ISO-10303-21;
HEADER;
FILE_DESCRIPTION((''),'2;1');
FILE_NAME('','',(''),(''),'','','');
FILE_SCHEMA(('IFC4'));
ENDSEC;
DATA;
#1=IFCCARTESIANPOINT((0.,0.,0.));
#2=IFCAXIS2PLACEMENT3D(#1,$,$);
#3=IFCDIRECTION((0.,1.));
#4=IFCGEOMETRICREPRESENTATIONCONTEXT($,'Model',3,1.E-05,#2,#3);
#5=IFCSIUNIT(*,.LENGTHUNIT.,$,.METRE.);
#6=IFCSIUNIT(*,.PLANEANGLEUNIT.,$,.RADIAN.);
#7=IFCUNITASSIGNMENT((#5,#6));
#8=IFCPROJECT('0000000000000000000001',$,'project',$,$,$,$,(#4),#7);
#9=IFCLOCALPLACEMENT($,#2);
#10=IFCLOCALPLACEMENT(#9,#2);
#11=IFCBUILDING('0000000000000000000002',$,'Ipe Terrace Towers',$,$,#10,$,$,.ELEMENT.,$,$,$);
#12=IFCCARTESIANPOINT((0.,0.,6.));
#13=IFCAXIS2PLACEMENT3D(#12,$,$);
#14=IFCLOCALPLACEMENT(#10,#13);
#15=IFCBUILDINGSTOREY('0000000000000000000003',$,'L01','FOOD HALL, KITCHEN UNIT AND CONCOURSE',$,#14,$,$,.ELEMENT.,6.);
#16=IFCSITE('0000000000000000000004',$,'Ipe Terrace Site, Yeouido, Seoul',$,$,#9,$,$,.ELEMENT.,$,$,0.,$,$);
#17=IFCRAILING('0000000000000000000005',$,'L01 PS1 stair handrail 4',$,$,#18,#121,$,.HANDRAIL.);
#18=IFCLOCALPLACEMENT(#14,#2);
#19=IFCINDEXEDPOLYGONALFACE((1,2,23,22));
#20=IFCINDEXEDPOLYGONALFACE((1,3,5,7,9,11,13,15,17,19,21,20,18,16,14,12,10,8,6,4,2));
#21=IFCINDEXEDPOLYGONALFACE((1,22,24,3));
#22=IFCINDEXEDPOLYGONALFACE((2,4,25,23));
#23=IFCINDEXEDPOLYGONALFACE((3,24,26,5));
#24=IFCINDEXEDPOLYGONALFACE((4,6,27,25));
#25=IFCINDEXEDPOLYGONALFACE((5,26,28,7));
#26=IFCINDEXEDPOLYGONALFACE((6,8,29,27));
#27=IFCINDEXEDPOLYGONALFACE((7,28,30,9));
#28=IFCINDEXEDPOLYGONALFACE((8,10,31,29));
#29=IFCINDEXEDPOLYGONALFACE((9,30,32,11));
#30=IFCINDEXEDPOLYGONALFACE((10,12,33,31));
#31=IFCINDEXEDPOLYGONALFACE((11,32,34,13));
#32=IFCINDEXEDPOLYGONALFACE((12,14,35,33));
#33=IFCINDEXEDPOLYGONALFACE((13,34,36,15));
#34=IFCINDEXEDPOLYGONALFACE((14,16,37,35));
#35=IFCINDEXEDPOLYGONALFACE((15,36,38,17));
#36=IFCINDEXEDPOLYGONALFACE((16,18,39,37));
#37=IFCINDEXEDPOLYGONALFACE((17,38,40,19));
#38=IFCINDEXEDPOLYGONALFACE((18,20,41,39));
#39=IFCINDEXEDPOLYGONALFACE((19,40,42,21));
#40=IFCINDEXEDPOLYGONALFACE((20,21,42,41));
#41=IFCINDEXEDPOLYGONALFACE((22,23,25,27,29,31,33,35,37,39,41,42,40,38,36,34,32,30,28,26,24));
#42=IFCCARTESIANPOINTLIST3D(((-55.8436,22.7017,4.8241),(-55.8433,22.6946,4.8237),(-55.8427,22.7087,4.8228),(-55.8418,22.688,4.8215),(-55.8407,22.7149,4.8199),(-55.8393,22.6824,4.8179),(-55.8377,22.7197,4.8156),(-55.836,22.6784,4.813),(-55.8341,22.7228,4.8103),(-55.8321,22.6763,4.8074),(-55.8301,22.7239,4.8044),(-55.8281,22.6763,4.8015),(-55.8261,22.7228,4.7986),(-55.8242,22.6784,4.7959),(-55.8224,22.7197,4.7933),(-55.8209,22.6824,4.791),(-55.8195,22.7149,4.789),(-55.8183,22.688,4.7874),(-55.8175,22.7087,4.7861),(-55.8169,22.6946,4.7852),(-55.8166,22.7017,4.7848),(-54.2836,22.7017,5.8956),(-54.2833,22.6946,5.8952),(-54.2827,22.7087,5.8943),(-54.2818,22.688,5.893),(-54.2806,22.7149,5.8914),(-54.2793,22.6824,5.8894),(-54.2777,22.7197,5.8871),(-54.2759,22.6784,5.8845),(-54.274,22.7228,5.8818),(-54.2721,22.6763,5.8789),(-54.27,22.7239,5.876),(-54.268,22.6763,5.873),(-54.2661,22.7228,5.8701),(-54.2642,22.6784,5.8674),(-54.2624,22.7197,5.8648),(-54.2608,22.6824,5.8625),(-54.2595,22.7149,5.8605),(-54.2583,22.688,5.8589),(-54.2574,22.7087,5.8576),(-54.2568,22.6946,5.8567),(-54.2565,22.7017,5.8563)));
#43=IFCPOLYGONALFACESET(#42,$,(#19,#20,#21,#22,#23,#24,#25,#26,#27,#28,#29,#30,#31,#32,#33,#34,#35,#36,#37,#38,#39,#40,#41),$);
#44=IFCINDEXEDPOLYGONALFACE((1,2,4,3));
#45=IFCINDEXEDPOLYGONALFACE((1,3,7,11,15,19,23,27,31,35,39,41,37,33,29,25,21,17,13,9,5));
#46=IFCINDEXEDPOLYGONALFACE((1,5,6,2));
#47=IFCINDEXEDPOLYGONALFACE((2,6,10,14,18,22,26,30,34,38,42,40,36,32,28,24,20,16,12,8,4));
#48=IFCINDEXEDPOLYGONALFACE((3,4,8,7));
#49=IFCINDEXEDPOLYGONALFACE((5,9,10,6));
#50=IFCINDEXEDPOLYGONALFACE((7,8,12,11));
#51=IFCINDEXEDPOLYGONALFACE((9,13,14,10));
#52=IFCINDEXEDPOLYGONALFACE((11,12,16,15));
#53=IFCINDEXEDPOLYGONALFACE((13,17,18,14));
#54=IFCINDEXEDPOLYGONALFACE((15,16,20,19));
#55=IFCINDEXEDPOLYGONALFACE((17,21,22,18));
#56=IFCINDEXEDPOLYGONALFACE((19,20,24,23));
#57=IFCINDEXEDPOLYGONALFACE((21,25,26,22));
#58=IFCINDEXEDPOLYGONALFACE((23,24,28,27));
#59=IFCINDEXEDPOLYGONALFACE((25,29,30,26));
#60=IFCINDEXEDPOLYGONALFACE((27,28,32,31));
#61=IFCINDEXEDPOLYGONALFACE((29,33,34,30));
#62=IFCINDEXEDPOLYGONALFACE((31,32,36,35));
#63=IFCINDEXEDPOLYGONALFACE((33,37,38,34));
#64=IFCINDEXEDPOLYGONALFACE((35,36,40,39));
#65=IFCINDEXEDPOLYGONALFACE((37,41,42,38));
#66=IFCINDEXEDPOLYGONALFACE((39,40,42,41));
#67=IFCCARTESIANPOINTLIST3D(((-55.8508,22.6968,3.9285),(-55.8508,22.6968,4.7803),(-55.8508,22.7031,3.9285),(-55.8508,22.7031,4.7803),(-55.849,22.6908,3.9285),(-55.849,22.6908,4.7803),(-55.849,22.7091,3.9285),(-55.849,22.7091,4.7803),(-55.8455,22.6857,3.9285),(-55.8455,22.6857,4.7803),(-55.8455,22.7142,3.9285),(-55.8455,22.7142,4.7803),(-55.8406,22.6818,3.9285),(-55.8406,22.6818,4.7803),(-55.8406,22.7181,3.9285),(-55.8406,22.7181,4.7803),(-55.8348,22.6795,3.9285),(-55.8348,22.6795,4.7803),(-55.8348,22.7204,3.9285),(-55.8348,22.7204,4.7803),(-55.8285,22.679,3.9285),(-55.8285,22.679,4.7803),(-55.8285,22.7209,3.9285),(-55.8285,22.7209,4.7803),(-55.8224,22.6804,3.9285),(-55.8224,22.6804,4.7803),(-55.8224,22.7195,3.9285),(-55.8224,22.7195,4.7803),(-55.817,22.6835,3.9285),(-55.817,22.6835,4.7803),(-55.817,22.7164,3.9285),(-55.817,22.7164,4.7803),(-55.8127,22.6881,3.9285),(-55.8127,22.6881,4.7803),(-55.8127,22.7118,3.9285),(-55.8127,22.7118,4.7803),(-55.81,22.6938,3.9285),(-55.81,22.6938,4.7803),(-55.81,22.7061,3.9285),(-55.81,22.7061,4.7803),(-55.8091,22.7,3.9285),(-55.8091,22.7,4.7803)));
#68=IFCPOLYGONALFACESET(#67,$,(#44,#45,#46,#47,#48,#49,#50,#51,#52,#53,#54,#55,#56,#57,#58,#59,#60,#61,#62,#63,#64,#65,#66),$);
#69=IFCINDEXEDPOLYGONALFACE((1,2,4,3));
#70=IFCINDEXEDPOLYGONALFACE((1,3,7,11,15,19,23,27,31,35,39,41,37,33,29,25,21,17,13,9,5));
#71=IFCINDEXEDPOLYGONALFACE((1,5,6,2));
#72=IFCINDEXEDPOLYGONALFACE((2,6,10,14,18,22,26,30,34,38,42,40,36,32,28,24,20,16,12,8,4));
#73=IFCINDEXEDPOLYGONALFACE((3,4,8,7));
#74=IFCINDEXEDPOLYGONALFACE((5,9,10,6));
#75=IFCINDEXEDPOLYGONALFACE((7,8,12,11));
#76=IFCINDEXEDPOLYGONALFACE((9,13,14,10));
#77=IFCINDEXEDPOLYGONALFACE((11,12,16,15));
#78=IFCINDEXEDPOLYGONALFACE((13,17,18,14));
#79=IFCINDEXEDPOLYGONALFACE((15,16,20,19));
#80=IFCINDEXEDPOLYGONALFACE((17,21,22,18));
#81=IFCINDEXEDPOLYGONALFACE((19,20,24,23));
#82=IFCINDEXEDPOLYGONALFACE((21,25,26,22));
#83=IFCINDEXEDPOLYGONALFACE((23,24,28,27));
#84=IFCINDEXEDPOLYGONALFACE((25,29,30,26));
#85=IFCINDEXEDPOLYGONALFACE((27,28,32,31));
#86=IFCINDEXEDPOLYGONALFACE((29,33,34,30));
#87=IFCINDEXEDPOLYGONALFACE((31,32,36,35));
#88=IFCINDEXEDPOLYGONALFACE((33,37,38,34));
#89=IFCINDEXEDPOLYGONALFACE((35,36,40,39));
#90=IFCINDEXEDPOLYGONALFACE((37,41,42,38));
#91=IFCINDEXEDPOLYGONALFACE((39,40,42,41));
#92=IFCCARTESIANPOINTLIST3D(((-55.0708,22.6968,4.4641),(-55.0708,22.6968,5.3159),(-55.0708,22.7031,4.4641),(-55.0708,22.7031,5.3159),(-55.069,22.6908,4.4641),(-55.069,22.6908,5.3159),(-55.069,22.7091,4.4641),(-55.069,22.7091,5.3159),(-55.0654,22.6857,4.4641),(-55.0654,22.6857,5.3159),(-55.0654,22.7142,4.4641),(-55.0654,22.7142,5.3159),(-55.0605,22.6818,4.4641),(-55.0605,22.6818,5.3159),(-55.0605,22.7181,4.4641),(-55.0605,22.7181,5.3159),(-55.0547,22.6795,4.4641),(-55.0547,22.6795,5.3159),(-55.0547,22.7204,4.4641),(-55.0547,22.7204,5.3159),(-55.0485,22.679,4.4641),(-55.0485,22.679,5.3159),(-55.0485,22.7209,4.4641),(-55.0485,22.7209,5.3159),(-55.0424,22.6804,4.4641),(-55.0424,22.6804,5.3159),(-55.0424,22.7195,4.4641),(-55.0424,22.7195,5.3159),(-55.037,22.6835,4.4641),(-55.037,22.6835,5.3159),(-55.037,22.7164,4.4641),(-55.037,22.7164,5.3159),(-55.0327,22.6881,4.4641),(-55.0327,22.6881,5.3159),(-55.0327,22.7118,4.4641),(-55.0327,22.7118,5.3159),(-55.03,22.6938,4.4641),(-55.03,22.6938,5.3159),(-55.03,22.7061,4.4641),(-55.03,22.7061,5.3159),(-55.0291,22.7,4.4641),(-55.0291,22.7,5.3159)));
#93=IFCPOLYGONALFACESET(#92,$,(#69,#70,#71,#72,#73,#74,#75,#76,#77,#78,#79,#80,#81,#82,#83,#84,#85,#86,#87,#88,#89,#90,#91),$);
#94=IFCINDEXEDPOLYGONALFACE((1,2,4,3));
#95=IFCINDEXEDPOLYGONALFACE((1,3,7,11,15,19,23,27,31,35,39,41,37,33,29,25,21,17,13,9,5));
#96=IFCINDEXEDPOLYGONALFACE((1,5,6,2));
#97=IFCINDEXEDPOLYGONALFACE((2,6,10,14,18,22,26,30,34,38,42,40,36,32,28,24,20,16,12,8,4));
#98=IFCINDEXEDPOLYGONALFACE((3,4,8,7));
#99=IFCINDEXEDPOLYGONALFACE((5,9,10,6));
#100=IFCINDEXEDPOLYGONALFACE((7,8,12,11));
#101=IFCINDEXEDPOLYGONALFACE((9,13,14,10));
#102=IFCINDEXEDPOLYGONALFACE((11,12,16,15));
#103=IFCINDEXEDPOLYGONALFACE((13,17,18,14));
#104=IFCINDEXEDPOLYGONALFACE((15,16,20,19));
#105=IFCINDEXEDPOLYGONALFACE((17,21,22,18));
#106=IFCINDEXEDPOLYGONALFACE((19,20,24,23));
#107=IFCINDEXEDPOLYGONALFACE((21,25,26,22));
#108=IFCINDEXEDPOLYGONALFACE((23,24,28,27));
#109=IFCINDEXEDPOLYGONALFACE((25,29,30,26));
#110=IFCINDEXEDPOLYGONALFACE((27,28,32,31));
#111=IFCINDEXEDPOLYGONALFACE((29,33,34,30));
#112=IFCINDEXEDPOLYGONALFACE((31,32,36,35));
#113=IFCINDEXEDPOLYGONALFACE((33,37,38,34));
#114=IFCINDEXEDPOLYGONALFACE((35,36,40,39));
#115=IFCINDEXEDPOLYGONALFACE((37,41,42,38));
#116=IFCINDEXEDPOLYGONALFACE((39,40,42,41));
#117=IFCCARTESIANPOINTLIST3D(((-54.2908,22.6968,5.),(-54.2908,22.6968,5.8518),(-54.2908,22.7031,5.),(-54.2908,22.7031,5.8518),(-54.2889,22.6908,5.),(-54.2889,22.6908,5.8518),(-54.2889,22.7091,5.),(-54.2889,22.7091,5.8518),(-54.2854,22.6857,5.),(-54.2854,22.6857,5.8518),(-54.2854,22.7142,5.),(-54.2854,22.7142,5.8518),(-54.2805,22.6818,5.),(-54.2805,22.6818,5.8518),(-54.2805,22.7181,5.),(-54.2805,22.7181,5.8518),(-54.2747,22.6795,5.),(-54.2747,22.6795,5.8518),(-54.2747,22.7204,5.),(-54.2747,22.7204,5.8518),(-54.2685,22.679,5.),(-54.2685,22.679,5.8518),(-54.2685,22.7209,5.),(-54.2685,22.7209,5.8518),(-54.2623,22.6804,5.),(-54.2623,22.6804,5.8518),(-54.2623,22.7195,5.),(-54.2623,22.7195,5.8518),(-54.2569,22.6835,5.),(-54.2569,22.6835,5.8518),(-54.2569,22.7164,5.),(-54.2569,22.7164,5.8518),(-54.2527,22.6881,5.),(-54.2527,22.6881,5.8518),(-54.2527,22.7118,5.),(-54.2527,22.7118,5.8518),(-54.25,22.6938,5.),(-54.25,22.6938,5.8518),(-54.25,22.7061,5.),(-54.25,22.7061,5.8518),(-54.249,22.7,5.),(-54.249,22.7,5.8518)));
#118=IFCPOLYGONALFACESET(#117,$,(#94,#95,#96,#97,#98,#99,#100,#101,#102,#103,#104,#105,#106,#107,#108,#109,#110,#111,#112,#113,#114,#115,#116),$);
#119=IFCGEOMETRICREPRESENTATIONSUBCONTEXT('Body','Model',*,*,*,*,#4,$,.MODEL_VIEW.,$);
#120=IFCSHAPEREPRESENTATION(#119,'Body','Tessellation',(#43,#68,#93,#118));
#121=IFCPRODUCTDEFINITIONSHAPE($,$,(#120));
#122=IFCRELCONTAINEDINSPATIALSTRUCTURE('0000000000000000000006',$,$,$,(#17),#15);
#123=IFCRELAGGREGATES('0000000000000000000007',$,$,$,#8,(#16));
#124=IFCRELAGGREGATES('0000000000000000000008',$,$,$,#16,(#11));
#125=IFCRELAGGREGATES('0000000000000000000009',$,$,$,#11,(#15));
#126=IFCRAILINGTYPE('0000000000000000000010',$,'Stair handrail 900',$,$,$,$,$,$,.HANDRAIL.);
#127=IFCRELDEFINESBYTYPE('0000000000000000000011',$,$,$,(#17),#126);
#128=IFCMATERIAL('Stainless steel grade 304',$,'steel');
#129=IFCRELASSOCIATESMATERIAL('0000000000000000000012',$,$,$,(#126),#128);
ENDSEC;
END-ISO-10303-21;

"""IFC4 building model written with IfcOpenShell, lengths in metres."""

from ifc_helpers import new_model, si_unit, direction, frame, origin, origin_2d, place, context, subcontext, project, spatial, circle, extrude, material, type_object, element, save


model = new_model("IFC4")

# Units and contexts
model_context = context("Model", 3, precision=1e-05, world=origin(), true_north=direction((0.0, 1.0)))
body_context = subcontext(model_context, "Body", "Model", "MODEL_VIEW")
ifc_project = project(units=[si_unit("LENGTHUNIT", "METRE"), si_unit("PLANEANGLEUNIT", "RADIAN")], contexts=[model_context])

# Site, building, storey
site_placement = place(None, origin())
site = spatial("IfcSite", under=ifc_project, at=site_placement, Name="Ipe Terrace Site, Yeouido, Seoul", CompositionType="ELEMENT", RefElevation=0.0)
building_placement = place(site_placement, origin())
building = spatial("IfcBuilding", under=site, at=building_placement, Name="Ipe Terrace Towers", CompositionType="ELEMENT")
storey_placement = place(building_placement, frame((0.0, 0.0, 6.0)))
storey = spatial("IfcBuildingStorey", under=building, at=storey_placement, Name="L01", Description="FOOD HALL, KITCHEN UNIT AND CONCOURSE", CompositionType="ELEMENT", Elevation=6.0)

# Railing
ifc_material_1 = material(Name="Stainless steel grade 304", Category="steel")
railing_type_1 = type_object("IfcRailingType", Name="Stair handrail 900", PredefinedType="HANDRAIL", material=ifc_material_1)
railing_1_placement = place(storey_placement, frame((-55.8301, 22.7, 3.9285)))
element("IfcRailing", 1, at=railing_1_placement, inside=storey, type_object=railing_type_1, Name="L01 PS1 stair handrail 4", PredefinedType="HANDRAIL", context=body_context, shape_type="SweptSolid", body=[
    extrude(circle(Radius=0.0239, at=origin_2d()), frame((0.0, 0.0, 0.876), z_axis=(0.82429, 0.0, 0.566167), x_axis=(0.0, 1.0, 0.0)), (0.0, 0.0, 1.0), 1.8926),
    extrude(circle(Radius=0.021, at=origin_2d()), origin(), (0.0, 0.0, 1.0), 0.8518),
    extrude(circle(Radius=0.021, at=origin_2d()), frame((0.78, 0.0, 0.5356)), (0.0, 0.0, 1.0), 0.8518),
    extrude(circle(Radius=0.021, at=origin_2d()), frame((1.5601, 0.0, 1.0715)), (0.0, 0.0, 1.0), 0.8518),
])

save(model, "model.ifc")
